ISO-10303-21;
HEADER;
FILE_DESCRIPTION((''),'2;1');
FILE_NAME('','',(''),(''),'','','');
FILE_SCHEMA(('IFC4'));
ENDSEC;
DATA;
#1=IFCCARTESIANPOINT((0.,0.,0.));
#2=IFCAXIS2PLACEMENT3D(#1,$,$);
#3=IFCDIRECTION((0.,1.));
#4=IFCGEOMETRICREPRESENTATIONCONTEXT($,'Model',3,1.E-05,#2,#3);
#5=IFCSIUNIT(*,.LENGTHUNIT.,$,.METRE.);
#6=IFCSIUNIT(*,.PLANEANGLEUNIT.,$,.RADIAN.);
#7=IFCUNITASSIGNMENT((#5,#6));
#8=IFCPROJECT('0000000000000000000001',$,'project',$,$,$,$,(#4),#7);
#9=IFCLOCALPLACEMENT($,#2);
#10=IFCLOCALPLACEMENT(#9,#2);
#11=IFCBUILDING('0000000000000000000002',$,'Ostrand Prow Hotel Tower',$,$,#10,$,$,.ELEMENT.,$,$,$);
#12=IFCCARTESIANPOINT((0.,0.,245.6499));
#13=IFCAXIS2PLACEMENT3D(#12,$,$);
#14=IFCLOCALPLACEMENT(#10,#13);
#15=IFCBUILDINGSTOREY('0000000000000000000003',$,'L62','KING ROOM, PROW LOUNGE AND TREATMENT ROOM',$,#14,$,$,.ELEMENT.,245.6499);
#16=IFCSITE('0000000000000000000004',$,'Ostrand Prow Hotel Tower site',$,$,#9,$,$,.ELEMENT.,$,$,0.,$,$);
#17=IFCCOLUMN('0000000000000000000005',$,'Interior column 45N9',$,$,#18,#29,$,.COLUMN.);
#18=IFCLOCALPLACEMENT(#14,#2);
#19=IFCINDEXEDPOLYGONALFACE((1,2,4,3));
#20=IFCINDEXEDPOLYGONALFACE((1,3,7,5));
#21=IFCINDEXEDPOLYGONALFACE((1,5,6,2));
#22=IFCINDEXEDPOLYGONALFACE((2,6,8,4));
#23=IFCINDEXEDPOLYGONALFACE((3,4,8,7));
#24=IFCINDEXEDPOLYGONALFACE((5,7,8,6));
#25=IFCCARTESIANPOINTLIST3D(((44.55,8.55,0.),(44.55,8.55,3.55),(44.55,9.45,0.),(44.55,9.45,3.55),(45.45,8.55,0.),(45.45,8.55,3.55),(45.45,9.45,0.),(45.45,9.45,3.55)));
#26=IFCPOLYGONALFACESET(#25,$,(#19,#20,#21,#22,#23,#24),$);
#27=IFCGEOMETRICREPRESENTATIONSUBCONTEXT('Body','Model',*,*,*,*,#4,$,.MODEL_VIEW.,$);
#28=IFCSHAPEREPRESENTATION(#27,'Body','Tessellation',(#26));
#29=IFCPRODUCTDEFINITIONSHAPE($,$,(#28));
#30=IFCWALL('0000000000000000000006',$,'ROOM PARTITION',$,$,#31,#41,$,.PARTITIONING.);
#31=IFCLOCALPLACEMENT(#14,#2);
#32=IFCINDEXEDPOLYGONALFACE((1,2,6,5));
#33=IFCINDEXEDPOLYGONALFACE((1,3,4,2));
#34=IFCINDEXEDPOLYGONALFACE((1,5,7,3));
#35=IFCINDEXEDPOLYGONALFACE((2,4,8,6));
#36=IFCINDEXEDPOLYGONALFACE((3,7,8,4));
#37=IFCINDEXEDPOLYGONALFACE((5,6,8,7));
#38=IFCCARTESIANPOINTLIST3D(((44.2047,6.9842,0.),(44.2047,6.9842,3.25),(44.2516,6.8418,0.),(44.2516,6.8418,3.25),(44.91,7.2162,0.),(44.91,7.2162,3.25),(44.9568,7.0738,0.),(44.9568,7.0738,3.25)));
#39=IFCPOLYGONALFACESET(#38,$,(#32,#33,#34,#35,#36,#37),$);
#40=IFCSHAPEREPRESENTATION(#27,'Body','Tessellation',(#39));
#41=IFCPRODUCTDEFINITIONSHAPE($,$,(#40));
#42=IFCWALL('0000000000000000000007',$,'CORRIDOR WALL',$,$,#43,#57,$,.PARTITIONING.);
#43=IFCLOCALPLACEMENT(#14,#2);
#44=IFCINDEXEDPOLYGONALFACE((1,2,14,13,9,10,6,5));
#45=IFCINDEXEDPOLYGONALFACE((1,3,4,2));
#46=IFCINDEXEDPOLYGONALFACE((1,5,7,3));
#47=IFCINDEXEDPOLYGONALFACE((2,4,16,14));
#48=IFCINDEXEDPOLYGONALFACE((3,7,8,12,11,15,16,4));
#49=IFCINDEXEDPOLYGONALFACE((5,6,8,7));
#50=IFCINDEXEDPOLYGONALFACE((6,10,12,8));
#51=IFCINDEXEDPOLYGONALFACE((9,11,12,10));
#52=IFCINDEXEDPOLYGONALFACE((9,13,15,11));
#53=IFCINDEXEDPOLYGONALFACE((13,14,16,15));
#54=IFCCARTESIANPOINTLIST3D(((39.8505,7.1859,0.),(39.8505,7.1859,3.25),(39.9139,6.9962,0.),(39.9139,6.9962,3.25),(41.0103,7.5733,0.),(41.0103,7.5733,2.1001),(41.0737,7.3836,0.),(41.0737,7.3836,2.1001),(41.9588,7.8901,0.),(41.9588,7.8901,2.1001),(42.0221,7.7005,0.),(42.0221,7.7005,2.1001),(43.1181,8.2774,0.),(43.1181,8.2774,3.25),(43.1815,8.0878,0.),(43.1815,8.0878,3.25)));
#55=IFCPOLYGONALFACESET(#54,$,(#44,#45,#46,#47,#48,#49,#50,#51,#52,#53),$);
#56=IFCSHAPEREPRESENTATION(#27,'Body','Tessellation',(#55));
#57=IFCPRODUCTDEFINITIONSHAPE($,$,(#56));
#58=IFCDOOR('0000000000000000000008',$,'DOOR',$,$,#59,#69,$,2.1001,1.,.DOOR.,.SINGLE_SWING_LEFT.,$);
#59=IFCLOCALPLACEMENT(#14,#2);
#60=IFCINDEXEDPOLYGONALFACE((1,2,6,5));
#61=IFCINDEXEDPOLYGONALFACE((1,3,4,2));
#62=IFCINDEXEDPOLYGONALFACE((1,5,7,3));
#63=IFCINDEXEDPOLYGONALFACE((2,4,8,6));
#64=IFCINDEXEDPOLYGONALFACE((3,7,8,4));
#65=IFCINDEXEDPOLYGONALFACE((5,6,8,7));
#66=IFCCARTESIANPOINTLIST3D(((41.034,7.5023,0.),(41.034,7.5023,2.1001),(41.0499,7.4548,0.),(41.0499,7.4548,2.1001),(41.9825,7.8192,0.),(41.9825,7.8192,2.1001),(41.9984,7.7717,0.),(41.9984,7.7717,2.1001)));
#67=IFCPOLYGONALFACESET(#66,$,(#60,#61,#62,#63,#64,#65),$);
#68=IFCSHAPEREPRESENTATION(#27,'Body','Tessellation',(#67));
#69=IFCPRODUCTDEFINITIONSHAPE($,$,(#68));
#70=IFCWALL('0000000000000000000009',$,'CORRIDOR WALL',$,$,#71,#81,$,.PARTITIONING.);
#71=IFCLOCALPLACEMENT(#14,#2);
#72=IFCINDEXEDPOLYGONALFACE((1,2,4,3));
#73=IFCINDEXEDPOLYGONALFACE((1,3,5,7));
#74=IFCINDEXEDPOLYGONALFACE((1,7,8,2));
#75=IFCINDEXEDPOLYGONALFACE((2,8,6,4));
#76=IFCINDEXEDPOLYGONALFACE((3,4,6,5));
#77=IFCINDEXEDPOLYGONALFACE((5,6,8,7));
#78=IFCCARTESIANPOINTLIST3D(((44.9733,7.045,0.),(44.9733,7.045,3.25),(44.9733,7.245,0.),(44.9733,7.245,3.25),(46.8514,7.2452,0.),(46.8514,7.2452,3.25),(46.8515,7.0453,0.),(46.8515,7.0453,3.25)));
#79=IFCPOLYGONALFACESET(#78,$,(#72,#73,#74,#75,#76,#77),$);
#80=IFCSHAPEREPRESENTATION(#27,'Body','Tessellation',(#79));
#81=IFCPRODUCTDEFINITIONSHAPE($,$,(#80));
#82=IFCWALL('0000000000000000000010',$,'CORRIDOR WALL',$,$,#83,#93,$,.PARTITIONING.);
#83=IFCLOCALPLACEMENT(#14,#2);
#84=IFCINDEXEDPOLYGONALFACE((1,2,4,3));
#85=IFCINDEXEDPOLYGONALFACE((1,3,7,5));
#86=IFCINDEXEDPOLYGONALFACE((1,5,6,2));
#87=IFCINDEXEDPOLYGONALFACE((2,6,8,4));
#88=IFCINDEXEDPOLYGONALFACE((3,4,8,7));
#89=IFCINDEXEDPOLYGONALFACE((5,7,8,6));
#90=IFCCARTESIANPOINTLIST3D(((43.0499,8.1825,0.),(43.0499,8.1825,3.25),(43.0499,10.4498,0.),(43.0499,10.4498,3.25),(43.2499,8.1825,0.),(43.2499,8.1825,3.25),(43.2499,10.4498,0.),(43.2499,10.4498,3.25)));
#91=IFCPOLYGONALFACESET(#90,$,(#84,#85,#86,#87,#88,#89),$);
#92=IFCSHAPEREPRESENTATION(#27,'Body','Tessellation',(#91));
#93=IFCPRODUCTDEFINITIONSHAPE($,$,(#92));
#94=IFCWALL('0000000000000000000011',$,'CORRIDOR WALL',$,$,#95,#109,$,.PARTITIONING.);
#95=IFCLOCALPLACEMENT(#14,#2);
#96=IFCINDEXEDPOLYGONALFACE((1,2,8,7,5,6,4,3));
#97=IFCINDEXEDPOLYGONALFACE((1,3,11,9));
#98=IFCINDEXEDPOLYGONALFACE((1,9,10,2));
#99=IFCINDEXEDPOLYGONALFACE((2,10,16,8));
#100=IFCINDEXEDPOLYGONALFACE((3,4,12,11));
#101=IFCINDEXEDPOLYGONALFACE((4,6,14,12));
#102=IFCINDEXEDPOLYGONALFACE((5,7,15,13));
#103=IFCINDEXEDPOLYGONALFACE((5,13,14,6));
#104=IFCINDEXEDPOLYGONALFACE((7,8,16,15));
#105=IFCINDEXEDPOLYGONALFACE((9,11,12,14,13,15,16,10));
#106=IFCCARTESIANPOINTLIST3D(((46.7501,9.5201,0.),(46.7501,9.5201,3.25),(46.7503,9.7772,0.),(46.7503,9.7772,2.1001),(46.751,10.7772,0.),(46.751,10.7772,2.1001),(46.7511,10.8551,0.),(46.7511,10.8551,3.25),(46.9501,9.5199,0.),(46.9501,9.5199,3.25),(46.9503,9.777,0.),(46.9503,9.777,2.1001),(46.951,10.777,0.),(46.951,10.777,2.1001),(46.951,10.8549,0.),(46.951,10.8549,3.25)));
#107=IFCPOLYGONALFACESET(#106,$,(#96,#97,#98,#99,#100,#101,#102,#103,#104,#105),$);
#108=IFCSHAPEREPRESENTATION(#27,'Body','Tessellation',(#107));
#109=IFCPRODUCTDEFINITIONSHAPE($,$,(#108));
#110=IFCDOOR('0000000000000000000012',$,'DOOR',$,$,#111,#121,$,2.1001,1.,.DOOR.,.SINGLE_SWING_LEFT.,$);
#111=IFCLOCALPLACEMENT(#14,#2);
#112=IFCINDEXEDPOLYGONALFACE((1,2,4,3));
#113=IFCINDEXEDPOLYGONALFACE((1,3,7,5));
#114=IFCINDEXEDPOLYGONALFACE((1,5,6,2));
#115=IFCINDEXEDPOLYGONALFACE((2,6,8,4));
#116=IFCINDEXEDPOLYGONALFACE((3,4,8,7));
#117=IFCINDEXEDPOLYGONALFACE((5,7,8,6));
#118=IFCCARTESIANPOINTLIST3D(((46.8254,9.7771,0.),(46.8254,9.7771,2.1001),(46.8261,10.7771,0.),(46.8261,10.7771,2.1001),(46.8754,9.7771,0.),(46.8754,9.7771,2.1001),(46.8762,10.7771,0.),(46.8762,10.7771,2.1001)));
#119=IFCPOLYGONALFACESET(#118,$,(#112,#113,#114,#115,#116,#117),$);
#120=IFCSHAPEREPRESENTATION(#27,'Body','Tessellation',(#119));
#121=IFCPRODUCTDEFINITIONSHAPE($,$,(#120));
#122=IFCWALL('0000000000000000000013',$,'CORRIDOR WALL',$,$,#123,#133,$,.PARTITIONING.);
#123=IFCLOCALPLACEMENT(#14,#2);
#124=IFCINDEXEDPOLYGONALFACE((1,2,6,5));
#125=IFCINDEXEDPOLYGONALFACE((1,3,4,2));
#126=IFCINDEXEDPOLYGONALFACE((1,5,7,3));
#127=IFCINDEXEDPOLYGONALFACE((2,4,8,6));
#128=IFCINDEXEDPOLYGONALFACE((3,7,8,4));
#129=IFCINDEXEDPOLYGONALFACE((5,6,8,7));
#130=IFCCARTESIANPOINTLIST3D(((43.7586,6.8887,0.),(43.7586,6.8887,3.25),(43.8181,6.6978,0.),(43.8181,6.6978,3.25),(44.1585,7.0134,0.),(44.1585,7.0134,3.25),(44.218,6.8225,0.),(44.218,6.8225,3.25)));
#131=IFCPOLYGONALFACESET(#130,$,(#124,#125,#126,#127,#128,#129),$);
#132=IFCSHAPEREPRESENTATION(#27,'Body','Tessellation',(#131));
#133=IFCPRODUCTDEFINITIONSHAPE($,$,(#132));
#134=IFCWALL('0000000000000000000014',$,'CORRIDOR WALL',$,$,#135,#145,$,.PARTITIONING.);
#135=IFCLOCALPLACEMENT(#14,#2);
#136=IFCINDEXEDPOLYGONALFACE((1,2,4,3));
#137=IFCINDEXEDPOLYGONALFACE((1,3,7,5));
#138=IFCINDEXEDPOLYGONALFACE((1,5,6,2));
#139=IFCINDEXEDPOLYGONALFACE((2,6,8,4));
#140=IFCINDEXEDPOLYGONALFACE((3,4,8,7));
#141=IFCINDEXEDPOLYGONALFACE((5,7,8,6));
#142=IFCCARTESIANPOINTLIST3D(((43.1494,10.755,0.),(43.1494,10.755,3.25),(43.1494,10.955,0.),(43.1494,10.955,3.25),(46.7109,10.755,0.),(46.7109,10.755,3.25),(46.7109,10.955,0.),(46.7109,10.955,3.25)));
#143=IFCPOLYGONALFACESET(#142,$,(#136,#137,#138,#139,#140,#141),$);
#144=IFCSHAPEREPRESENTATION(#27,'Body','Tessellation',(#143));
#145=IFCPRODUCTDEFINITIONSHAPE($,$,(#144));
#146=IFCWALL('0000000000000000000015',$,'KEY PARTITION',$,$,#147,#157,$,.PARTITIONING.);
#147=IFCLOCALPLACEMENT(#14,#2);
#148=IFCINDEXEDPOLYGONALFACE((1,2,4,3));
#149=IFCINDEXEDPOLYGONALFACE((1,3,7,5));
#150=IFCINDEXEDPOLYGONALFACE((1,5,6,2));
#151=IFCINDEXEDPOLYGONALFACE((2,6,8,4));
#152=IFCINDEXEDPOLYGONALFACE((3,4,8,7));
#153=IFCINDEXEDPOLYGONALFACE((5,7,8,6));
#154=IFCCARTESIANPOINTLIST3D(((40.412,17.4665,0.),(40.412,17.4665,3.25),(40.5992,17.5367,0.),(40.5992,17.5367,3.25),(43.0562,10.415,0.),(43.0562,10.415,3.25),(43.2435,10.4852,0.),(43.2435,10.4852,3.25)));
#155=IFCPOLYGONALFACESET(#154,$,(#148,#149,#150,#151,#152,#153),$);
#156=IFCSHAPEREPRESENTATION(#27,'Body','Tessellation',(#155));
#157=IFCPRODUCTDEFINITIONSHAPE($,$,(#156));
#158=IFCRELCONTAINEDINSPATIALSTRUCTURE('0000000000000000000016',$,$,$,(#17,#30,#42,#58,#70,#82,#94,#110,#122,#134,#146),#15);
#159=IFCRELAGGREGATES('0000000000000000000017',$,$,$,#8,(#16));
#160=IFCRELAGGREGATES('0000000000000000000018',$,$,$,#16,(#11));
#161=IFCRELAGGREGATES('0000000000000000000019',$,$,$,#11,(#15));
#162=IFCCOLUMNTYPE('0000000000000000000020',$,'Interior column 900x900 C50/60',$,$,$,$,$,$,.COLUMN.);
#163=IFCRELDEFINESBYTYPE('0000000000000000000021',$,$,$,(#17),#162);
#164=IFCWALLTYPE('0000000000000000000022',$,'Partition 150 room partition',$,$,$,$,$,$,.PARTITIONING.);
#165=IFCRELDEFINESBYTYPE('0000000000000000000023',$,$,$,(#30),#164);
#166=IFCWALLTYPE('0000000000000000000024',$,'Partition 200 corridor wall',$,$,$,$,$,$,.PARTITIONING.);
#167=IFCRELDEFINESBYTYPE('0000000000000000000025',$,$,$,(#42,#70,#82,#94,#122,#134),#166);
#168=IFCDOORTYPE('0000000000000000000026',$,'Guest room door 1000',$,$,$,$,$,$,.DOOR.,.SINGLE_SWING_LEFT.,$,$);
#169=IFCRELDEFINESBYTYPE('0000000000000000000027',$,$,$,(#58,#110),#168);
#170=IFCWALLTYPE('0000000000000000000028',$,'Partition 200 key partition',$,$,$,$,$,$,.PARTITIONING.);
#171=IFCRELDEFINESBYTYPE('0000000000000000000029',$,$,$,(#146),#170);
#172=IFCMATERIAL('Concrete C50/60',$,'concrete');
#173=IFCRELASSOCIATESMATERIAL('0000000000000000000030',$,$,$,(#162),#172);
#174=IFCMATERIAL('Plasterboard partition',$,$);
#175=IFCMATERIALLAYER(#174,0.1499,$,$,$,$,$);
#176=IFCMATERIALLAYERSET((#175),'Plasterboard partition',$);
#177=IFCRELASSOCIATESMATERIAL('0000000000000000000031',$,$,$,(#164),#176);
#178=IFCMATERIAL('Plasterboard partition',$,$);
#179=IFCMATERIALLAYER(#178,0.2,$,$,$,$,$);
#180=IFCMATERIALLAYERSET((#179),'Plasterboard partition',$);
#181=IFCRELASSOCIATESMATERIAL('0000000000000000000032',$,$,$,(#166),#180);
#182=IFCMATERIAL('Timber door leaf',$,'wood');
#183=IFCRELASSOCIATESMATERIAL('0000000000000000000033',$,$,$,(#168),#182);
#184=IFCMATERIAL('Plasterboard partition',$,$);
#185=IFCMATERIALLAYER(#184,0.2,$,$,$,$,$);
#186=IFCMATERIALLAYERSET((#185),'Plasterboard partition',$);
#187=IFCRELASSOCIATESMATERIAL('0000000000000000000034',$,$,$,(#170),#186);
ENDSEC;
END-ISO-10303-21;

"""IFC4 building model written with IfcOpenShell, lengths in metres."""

from ifc_helpers import new_model, si_unit, direction, frame, frame_2d, origin, origin_2d, place, context, subcontext, project, spatial, rectangle, extrude, material, layer, layer_set, material_profile, profile_set, type_object, element, fill, save


model = new_model("IFC4")

# Units and contexts
model_context = context("Model", 3, precision=1e-05, world=origin(), true_north=direction((0.0, 1.0)))
body_context = subcontext(model_context, "Body", "Model", "MODEL_VIEW")
ifc_project = project(units=[si_unit("LENGTHUNIT", "METRE"), si_unit("PLANEANGLEUNIT", "RADIAN")], contexts=[model_context])

# Site, building, storey
site_placement = place(None, origin())
site = spatial("IfcSite", under=ifc_project, at=site_placement, Name="Ostrand Prow Hotel Tower site", CompositionType="ELEMENT", RefElevation=0.0)
building_placement = place(site_placement, origin())
building = spatial("IfcBuilding", under=site, at=building_placement, Name="Ostrand Prow Hotel Tower", CompositionType="ELEMENT")
storey_placement = place(building_placement, frame((0.0, 0.0, 245.6499)))
storey = spatial("IfcBuildingStorey", under=building, at=storey_placement, Name="L62", Description="KING ROOM, PROW LOUNGE AND TREATMENT ROOM", CompositionType="ELEMENT", Elevation=245.6499)

# Column
ifc_material_1 = material(Name="Concrete C50/60", Category="concrete")
ifc_material_profile = material_profile(ifc_material_1, rectangle(XDim=0.8999, YDim=0.8999, at=origin_2d()), Name="RC 900x900")
ifc_profile_set = profile_set([ifc_material_profile], Name="Concrete C50/60")
column_type = type_object("IfcColumnType", Name="Interior column 900x900 C50/60", PredefinedType="COLUMN", material=ifc_profile_set)
column_placement = place(storey_placement, frame((45.0, 9.0, 0.0), z_axis=(0.0, 0.0, 1.0), x_axis=(1.0, 0.0, 0.0)))
element("IfcColumn", 1, at=column_placement, inside=storey, type_object=column_type, Name="Interior column 45N9", PredefinedType="COLUMN", context=body_context, shape_type="SweptSolid", body=[
    extrude(rectangle(XDim=0.8999, YDim=0.8999, at=origin_2d()), origin(), (0.0, 0.0, 1.0), 3.55),
])

# Wall
ifc_material_2 = material(Name="Plasterboard partition")
ifc_layer_1 = layer(ifc_material_2, 0.1499)
ifc_layer_set_1 = layer_set([ifc_layer_1], Name="Plasterboard partition")
wall_type_1 = type_object("IfcWallType", Name="Partition 150 room partition", PredefinedType="PARTITIONING", material=ifc_layer_set_1)
wall_1_placement = place(storey_placement, frame((44.2283, 6.9131, 0.0), z_axis=(0.0, 0.0, 1.0), x_axis=(0.949958, 0.312378, 0.0)))
element("IfcWall", 2, at=wall_1_placement, inside=storey, type_object=wall_type_1, Name="ROOM PARTITION", PredefinedType="PARTITIONING", context=body_context, shape_type="SweptSolid", body=[
    extrude(rectangle(XDim=0.7424, YDim=0.1499, at=frame_2d((0.3711, 0.0))), origin(), (0.0, 0.0, 1.0), 3.25),
])

# Wall, opening, door
ifc_material_3 = material(Name="Plasterboard partition")
ifc_layer_2 = layer(ifc_material_3, 0.2)
ifc_layer_set_2 = layer_set([ifc_layer_2], Name="Plasterboard partition")
wall_type_2 = type_object("IfcWallType", Name="Partition 200 corridor wall", PredefinedType="PARTITIONING", material=ifc_layer_set_2)
wall_2_placement = place(storey_placement, frame((43.1499, 8.1826, 0.0), z_axis=(0.0, 0.0, 1.0), x_axis=(-0.948478, -0.316844, 0.0)))
wall_2 = element("IfcWall", 3, at=wall_2_placement, inside=storey, type_object=wall_type_2, Name="CORRIDOR WALL", PredefinedType="PARTITIONING", context=body_context, shape_type="SweptSolid", body=[
    extrude(rectangle(XDim=3.4451, YDim=0.2, at=frame_2d((1.7227, 0.0))), origin(), (0.0, 0.0, 1.0), 3.25),
])
opening_1_placement = place(wall_2_placement, frame((1.2224, 0.0, 0.0)))
opening_1 = element("IfcOpeningElement", 4, at=opening_1_placement, cuts=wall_2, PredefinedType="OPENING", context=body_context, shape_type="SweptSolid", body=[
    extrude(rectangle(XDim=1.0, YDim=2.1001, at=frame_2d((0.5, 1.05))), frame((0.0, 0.1099, 0.0), z_axis=(0.0, -1.0, 0.0), x_axis=(1.0, 0.0, 0.0)), (0.0, 0.0, 1.0), 0.22),
])
ifc_material_4 = material(Name="Timber door leaf", Category="wood")
door_type = type_object("IfcDoorType", Name="Guest room door 1000", OperationType="SINGLE_SWING_LEFT", PredefinedType="DOOR", material=ifc_material_4)
door_1_placement = place(opening_1_placement, origin())
door_1 = element("IfcDoor", 5, at=door_1_placement, inside=storey, type_object=door_type, Name="DOOR", OperationType="SINGLE_SWING_LEFT", OverallHeight=2.1001, OverallWidth=1.0, PredefinedType="DOOR", context=body_context, shape_type="SweptSolid", body=[
    extrude(rectangle(XDim=1.0, YDim=2.1001, at=frame_2d((0.5, 1.05))), frame((0.0, 0.0249, 0.0), z_axis=(0.0, -1.0, 0.0), x_axis=(1.0, 0.0, 0.0)), (0.0, 0.0, 1.0), 0.05),
])
fill(opening_1, door_1)

# Walls
wall_3_placement = place(storey_placement, frame((44.9734, 7.145, 0.0), z_axis=(0.0, 0.0, 1.0), x_axis=(1.0, 0.00013, 0.0)))
element("IfcWall", 6, at=wall_3_placement, inside=storey, type_object=wall_type_2, Name="CORRIDOR WALL", PredefinedType="PARTITIONING", context=body_context, shape_type="SweptSolid", body=[
    extrude(rectangle(XDim=1.8782, YDim=0.2, at=frame_2d((0.939, 0.0))), origin(), (0.0, 0.0, 1.0), 3.25),
])
wall_4_placement = place(storey_placement, frame((43.1499, 10.45, 0.0), z_axis=(0.0, 0.0, 1.0), x_axis=(0.0, -1.0, 0.0)))
element("IfcWall", 7, at=wall_4_placement, inside=storey, type_object=wall_type_2, Name="CORRIDOR WALL", PredefinedType="PARTITIONING", context=body_context, shape_type="SweptSolid", body=[
    extrude(rectangle(XDim=2.2673, YDim=0.2, at=frame_2d((1.1338, 0.0))), origin(), (0.0, 0.0, 1.0), 3.25),
])

# Wall, opening, door
wall_5_placement = place(storey_placement, frame((46.8501, 9.52, 0.0), z_axis=(0.0, 0.0, 1.0), x_axis=(0.000732, 1.0, 0.0)))
wall_5 = element("IfcWall", 8, at=wall_5_placement, inside=storey, type_object=wall_type_2, Name="CORRIDOR WALL", PredefinedType="PARTITIONING", context=body_context, shape_type="SweptSolid", body=[
    extrude(rectangle(XDim=1.335, YDim=0.2, at=frame_2d((0.6675, 0.0))), origin(), (0.0, 0.0, 1.0), 3.25),
])
opening_2_placement = place(wall_5_placement, frame((0.2571, 0.0, 0.0)))
opening_2 = element("IfcOpeningElement", 9, at=opening_2_placement, cuts=wall_5, PredefinedType="OPENING", context=body_context, shape_type="SweptSolid", body=[
    extrude(rectangle(XDim=1.0, YDim=2.1001, at=frame_2d((0.5, 1.05))), frame((0.0, 0.1099, 0.0), z_axis=(0.0, -1.0, 0.0), x_axis=(1.0, 0.0, 0.0)), (0.0, 0.0, 1.0), 0.22),
])
door_2_placement = place(opening_2_placement, origin())
door_2 = element("IfcDoor", 10, at=door_2_placement, inside=storey, type_object=door_type, Name="DOOR", OperationType="SINGLE_SWING_LEFT", OverallHeight=2.1001, OverallWidth=1.0, PredefinedType="DOOR", context=body_context, shape_type="SweptSolid", body=[
    extrude(rectangle(XDim=1.0, YDim=2.1001, at=frame_2d((0.5, 1.05))), frame((0.0, 0.0249, 0.0), z_axis=(0.0, -1.0, 0.0), x_axis=(1.0, 0.0, 0.0)), (0.0, 0.0, 1.0), 0.05),
])
fill(opening_2, door_2)

# Walls
wall_6_placement = place(storey_placement, frame((43.7883, 6.7932, 0.0), z_axis=(0.0, 0.0, 1.0), x_axis=(0.954625, 0.29781, 0.0)))
element("IfcWall", 11, at=wall_6_placement, inside=storey, type_object=wall_type_2, Name="CORRIDOR WALL", PredefinedType="PARTITIONING", context=body_context, shape_type="SweptSolid", body=[
    extrude(rectangle(XDim=0.4189, YDim=0.2, at=frame_2d((0.2095, 0.0))), origin(), (0.0, 0.0, 1.0), 3.25),
])
wall_7_placement = place(storey_placement, frame((46.7109, 10.855, 0.0), z_axis=(0.0, 0.0, 1.0), x_axis=(-1.0, 0.0, 0.0)))
element("IfcWall", 12, at=wall_7_placement, inside=storey, type_object=wall_type_2, Name="CORRIDOR WALL", PredefinedType="PARTITIONING", context=body_context, shape_type="SweptSolid", body=[
    extrude(rectangle(XDim=3.5615, YDim=0.2, at=frame_2d((1.7808, 0.0))), origin(), (0.0, 0.0, 1.0), 3.25),
])
ifc_material_5 = material(Name="Plasterboard partition")
ifc_layer_3 = layer(ifc_material_5, 0.2)
ifc_layer_set_3 = layer_set([ifc_layer_3], Name="Plasterboard partition")
wall_type_3 = type_object("IfcWallType", Name="Partition 200 key partition", PredefinedType="PARTITIONING", material=ifc_layer_set_3)
wall_8_placement = place(storey_placement, frame((43.1499, 10.45, 0.0), z_axis=(0.0, 0.0, 1.0), x_axis=(-0.35112, 0.936331, 0.0)))
element("IfcWall", 13, at=wall_8_placement, inside=storey, type_object=wall_type_3, Name="KEY PARTITION", PredefinedType="PARTITIONING", context=body_context, shape_type="SweptSolid", body=[
    extrude(rectangle(XDim=7.531, YDim=0.2, at=frame_2d((3.7656, 0.0))), origin(), (0.0, 0.0, 1.0), 3.25),
])

save(model, "model.ifc")
